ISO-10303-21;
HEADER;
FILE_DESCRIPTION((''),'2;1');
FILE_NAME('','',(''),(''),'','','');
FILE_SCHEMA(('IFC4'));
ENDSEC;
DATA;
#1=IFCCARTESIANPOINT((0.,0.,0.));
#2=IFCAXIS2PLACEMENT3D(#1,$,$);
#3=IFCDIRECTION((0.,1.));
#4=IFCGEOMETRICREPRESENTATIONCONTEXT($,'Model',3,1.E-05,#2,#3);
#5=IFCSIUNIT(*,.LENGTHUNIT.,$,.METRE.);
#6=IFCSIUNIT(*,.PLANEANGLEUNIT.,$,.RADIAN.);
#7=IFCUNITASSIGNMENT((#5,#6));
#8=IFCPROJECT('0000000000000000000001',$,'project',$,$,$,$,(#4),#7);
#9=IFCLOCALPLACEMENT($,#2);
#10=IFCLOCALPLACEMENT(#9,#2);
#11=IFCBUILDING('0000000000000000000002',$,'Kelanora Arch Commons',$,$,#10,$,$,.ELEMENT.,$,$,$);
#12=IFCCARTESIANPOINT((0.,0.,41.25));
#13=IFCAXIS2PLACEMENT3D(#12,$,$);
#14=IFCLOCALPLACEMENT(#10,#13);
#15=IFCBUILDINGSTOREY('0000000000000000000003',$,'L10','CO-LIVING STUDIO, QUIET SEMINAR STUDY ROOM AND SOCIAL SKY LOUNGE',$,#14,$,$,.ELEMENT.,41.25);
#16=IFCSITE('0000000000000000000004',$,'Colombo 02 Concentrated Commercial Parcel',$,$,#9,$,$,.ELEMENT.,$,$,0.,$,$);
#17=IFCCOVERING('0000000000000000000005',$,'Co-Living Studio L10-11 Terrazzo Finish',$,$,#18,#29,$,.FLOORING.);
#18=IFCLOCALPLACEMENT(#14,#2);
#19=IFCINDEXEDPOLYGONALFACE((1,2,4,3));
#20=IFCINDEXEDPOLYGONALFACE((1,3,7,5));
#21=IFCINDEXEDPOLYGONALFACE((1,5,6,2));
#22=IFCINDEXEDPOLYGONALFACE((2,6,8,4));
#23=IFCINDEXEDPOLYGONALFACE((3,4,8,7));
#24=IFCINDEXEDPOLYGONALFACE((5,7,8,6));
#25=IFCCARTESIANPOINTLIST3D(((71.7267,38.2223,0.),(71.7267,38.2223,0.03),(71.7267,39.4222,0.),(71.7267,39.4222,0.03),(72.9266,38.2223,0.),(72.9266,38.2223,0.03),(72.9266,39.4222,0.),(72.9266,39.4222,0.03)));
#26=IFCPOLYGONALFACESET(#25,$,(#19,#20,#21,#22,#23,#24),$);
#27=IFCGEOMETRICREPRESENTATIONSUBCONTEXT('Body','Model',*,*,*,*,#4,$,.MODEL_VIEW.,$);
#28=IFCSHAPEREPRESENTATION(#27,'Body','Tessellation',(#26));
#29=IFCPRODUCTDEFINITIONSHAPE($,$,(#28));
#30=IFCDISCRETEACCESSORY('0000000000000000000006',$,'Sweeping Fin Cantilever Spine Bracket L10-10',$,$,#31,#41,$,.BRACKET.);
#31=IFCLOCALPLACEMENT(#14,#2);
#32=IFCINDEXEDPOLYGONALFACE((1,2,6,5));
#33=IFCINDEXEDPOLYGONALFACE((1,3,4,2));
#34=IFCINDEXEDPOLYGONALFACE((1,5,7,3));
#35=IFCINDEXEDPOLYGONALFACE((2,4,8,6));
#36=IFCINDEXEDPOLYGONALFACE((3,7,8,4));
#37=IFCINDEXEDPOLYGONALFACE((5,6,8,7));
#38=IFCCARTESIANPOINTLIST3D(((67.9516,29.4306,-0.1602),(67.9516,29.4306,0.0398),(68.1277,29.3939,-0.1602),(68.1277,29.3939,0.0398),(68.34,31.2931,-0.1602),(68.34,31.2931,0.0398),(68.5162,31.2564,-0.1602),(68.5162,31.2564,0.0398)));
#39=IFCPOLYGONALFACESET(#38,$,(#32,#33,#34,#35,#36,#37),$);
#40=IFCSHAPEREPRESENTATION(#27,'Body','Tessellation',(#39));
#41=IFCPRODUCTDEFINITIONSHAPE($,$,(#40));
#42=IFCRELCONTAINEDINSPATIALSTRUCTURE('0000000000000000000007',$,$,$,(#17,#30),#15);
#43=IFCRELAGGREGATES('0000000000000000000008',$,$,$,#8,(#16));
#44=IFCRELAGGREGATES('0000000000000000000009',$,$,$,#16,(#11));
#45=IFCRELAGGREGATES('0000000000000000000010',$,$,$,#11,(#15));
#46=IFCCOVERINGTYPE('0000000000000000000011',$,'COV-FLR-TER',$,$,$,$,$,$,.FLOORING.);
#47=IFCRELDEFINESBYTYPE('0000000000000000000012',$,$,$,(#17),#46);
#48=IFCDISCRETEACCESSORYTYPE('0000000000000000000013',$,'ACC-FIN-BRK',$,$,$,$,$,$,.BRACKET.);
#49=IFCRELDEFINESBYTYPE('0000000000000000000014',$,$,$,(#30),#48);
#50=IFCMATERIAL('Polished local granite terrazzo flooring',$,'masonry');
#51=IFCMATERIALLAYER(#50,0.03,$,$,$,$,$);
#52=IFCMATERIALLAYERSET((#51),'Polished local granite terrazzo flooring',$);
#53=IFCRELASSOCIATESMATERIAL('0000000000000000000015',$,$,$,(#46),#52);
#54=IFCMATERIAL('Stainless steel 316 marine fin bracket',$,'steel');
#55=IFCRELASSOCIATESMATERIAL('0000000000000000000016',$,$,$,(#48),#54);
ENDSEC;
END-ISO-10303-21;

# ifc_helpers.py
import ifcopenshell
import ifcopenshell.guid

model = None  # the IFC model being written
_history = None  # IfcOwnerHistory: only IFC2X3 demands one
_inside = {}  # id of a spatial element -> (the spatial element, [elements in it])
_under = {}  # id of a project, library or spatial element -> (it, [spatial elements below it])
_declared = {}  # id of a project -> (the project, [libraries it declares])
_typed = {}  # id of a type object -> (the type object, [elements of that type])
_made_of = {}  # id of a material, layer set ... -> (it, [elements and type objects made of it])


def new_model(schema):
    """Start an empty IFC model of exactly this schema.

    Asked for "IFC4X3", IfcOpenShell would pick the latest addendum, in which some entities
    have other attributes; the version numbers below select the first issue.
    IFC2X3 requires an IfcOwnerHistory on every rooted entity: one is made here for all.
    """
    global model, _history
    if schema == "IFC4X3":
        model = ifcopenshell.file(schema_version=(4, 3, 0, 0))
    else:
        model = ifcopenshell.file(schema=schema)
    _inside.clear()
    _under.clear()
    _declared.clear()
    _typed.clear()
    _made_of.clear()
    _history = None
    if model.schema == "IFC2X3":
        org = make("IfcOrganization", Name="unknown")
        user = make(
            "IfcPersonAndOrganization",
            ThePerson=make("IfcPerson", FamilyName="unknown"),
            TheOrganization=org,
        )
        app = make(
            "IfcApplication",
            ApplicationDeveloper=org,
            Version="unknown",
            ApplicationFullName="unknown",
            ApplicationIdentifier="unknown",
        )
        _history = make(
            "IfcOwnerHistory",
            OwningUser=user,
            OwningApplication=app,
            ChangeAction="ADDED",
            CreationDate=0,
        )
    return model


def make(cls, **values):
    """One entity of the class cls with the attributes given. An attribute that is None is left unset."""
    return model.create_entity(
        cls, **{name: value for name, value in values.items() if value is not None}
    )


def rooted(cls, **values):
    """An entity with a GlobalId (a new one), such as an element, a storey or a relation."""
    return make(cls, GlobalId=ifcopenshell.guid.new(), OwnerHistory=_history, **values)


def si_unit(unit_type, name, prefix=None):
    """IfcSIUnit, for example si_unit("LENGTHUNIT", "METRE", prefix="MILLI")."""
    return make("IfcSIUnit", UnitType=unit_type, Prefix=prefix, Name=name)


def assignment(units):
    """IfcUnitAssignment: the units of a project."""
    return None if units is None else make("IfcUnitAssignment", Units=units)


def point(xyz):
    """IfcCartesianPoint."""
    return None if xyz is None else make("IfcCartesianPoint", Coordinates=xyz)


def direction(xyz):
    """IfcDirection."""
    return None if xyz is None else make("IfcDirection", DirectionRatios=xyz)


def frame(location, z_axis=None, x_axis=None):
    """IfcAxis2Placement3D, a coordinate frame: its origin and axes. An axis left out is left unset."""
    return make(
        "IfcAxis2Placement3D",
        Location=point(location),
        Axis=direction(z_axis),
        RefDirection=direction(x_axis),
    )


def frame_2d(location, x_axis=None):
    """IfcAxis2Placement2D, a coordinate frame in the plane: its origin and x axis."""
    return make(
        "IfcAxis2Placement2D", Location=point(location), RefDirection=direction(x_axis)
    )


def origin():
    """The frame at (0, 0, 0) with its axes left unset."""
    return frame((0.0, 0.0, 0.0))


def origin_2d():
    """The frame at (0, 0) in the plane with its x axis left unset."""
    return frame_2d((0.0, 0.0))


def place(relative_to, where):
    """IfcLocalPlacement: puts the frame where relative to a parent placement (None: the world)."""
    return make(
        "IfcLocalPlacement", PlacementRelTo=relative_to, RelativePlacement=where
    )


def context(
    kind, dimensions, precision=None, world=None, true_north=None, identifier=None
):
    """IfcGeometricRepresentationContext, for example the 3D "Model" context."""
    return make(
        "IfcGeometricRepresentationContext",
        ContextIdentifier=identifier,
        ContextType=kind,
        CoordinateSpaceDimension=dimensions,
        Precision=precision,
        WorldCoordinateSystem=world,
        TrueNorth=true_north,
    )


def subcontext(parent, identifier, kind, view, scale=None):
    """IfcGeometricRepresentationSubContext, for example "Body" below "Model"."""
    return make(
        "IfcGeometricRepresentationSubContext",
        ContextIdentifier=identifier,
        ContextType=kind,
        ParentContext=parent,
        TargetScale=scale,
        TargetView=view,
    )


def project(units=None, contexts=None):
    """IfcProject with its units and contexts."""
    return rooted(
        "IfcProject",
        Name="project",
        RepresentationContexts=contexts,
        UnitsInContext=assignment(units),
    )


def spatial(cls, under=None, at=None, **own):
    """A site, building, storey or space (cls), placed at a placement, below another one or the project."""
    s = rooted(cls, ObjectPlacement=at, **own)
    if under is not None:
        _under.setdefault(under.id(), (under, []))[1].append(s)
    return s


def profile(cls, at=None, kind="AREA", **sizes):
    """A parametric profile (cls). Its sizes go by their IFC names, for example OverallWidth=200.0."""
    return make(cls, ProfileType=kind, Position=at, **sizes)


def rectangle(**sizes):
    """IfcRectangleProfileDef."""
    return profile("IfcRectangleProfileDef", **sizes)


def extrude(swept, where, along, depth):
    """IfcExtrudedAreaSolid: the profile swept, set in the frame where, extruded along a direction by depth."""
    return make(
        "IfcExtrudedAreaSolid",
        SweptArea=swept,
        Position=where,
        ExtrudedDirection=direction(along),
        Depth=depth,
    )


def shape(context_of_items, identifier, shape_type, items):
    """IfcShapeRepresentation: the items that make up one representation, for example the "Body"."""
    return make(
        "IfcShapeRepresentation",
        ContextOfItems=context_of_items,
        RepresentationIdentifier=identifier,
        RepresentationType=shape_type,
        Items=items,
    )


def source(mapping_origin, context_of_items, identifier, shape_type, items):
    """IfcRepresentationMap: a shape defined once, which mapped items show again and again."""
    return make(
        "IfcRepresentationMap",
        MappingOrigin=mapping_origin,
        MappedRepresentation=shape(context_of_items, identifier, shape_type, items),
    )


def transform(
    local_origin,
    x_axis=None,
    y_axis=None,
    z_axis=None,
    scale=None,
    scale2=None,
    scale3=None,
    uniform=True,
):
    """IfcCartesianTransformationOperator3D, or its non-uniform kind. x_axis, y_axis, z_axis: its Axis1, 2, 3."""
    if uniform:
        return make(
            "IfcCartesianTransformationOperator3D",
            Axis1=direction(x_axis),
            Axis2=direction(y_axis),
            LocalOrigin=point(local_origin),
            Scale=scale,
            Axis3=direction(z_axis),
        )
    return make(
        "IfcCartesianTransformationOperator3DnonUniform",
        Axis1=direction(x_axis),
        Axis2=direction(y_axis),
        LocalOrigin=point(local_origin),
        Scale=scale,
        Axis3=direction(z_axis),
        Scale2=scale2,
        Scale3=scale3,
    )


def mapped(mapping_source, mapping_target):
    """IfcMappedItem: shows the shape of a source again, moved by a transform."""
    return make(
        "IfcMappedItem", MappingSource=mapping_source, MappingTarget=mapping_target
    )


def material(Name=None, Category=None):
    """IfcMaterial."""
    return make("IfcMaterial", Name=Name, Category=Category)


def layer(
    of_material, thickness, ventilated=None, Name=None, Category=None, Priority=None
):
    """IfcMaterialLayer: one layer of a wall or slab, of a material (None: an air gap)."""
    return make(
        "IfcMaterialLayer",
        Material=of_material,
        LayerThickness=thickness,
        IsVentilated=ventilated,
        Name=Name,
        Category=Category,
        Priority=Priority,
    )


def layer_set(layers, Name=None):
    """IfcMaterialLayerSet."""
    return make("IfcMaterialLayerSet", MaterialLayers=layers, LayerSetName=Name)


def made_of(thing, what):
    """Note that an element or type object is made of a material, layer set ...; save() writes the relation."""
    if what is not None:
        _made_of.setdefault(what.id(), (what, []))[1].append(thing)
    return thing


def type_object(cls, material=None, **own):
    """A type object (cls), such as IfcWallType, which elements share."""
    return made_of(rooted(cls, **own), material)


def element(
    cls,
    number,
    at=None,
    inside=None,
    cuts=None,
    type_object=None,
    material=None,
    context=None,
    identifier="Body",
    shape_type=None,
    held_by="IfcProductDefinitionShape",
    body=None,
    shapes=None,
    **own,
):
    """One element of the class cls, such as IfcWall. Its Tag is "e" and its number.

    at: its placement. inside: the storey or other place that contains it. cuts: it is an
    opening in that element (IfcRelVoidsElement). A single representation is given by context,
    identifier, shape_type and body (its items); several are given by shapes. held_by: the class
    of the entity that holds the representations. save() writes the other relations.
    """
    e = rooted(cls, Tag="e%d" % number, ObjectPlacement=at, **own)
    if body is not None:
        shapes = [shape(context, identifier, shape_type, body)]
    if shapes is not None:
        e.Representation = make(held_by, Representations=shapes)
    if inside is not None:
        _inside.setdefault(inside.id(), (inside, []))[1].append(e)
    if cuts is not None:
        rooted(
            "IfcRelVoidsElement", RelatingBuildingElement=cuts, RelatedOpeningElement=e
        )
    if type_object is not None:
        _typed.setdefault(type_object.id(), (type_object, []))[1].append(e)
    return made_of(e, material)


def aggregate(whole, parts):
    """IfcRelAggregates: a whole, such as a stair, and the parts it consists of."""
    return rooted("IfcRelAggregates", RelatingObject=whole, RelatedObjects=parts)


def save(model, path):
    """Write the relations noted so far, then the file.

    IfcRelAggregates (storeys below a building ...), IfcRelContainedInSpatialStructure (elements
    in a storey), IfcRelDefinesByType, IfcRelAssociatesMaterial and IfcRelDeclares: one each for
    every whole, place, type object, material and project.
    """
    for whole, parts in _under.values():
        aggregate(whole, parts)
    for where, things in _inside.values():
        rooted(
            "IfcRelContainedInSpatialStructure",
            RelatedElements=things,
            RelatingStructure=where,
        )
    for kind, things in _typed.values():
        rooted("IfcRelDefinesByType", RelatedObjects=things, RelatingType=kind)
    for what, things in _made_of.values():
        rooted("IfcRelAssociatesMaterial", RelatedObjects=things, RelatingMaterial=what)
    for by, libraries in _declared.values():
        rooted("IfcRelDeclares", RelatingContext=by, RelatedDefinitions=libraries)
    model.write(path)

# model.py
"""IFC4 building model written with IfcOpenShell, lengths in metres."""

from ifc_helpers import new_model, si_unit, direction, frame, origin, origin_2d, place, context, subcontext, project, spatial, rectangle, extrude, source, transform, mapped, material, layer, layer_set, type_object, element, save


model = new_model("IFC4")

# Units and contexts
model_context = context("Model", 3, precision=1e-05, world=origin(), true_north=direction((0.0, 1.0)))
body_context = subcontext(model_context, "Body", "Model", "MODEL_VIEW")
ifc_project = project(units=[si_unit("LENGTHUNIT", "METRE"), si_unit("PLANEANGLEUNIT", "RADIAN")], contexts=[model_context])

# Site, building, storey
site_placement = place(None, origin())
site = spatial("IfcSite", under=ifc_project, at=site_placement, Name="Colombo 02 Concentrated Commercial Parcel", CompositionType="ELEMENT", RefElevation=0.0)
building_placement = place(site_placement, origin())
building = spatial("IfcBuilding", under=site, at=building_placement, Name="Kelanora Arch Commons", CompositionType="ELEMENT")
storey_placement = place(building_placement, frame((0.0, 0.0, 41.25)))
storey = spatial("IfcBuildingStorey", under=building, at=storey_placement, Name="L10", Description="CO-LIVING STUDIO, QUIET SEMINAR STUDY ROOM AND SOCIAL SKY LOUNGE", CompositionType="ELEMENT", Elevation=41.25)

# Covering
ifc_material_1 = material(Name="Polished local granite terrazzo flooring", Category="masonry")
ifc_layer_1 = layer(ifc_material_1, 0.03)
ifc_layer_set_1 = layer_set([ifc_layer_1], Name="Polished local granite terrazzo flooring")
covering_type = type_object("IfcCoveringType", Name="COV-FLR-TER", PredefinedType="FLOORING", material=ifc_layer_set_1)
shared_shape_1 = source(origin(), body_context, "Body", "SweptSolid", [
    extrude(rectangle(XDim=1.2, YDim=1.2, at=origin_2d()), origin(), (0.0, 0.0, 1.0), 0.03),
])
for number, where, z_axis, x_axis, name in (
    (1, (72.3267, 38.8223, 0.0), (0.0, 0.0, 1.0), (1.0, 0.0, 0.0), "Co-Living Studio L10-11 Terrazzo Finish"),
):
    element("IfcCovering", number, at=place(storey_placement, frame(where, z_axis=z_axis, x_axis=x_axis)), inside=storey, type_object=covering_type, Name=name, PredefinedType="FLOORING", context=body_context, shape_type="MappedRepresentation", body=[
        mapped(shared_shape_1, transform((0.0, 0.0, 0.0), scale=1.0)),
    ])

# Discrete accessory
ifc_material_2 = material(Name="Stainless steel 316 marine fin bracket", Category="steel")
discrete_accessory_type = type_object("IfcDiscreteAccessoryType", Name="ACC-FIN-BRK", PredefinedType="BRACKET", material=ifc_material_2)
shared_shape_2 = source(origin(), body_context, "Body", "SweptSolid", [
    extrude(rectangle(XDim=1.9026, YDim=0.1799, at=origin_2d()), origin(), (0.0, 0.0, 1.0), 0.2),
])
discrete_accessory_placement = place(storey_placement, frame((68.2339, 30.3435, -0.1602), z_axis=(0.0, 0.0, 1.0), x_axis=(-0.204154, -0.978939, 0.0)))
element("IfcDiscreteAccessory", 2, at=discrete_accessory_placement, inside=storey, type_object=discrete_accessory_type, Name="Sweeping Fin Cantilever Spine Bracket L10-10", PredefinedType="BRACKET", context=body_context, shape_type="MappedRepresentation", body=[
    mapped(shared_shape_2, transform((0.0, 0.0, 0.0), scale=1.0)),
])

save(model, "model.ifc")
